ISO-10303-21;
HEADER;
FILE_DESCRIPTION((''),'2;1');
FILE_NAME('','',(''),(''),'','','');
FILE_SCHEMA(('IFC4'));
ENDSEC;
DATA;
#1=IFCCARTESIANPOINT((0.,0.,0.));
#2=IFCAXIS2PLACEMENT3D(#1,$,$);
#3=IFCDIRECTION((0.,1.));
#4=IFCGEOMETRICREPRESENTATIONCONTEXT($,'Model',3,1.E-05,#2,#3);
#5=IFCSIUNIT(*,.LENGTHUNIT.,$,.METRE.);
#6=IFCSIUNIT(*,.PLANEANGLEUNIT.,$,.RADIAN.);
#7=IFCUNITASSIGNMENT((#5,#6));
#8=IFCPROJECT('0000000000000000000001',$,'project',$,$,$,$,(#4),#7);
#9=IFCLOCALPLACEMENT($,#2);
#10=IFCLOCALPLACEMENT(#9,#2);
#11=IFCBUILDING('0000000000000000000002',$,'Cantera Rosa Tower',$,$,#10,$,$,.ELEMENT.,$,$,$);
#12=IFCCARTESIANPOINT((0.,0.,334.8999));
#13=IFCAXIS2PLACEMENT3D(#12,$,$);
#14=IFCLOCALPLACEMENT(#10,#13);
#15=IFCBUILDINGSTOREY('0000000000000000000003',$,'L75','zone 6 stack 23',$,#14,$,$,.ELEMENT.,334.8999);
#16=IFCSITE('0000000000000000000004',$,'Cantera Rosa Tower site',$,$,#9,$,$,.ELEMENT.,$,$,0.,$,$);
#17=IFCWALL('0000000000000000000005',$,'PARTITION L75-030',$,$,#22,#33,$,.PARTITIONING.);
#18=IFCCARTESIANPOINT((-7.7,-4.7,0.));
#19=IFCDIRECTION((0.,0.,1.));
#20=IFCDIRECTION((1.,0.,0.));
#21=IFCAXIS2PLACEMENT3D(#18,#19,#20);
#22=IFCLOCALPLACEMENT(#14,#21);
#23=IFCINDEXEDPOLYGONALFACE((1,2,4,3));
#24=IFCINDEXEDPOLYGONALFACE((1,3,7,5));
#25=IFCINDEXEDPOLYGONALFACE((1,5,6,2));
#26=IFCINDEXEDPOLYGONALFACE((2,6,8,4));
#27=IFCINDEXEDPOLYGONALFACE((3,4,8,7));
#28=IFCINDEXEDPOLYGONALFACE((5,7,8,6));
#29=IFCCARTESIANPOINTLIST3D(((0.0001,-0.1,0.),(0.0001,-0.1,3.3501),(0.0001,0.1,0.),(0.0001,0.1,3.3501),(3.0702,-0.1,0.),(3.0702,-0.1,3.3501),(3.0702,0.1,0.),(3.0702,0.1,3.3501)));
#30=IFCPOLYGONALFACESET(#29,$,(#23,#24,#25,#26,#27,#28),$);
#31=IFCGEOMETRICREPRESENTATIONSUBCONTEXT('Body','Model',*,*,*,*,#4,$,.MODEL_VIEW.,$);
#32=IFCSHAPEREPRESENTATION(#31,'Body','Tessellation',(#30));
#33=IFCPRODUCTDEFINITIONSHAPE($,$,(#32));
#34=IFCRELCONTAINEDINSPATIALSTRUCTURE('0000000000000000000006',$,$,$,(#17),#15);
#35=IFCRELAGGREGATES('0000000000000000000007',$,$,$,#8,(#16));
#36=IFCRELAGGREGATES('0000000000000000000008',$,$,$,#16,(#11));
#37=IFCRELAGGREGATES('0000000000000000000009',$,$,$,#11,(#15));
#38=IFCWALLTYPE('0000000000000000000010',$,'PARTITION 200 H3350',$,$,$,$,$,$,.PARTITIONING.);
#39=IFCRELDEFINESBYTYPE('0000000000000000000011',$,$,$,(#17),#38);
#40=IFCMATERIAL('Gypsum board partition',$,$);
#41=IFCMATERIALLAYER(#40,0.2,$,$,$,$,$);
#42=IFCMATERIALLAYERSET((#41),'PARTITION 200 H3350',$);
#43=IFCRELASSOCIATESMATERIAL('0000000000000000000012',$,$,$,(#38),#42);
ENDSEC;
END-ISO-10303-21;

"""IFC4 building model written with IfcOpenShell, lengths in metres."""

from ifc_helpers import new_model, si_unit, direction, frame, frame_2d, origin, place, context, subcontext, project, spatial, rectangle, extrude, material, layer, layer_set, type_object, element, save


model = new_model("IFC4")

# Units and contexts
model_context = context("Model", 3, precision=1e-05, world=origin(), true_north=direction((0.0, 1.0)))
body_context = subcontext(model_context, "Body", "Model", "MODEL_VIEW")
ifc_project = project(units=[si_unit("LENGTHUNIT", "METRE"), si_unit("PLANEANGLEUNIT", "RADIAN")], contexts=[model_context])

# Site, building, storey
site_placement = place(None, origin())
site = spatial("IfcSite", under=ifc_project, at=site_placement, Name="Cantera Rosa Tower site", CompositionType="ELEMENT", RefElevation=0.0)
building_placement = place(site_placement, origin())
building = spatial("IfcBuilding", under=site, at=building_placement, Name="Cantera Rosa Tower", CompositionType="ELEMENT")
storey_placement = place(building_placement, frame((0.0, 0.0, 334.8999)))
storey = spatial("IfcBuildingStorey", under=building, at=storey_placement, Name="L75", Description="zone 6 stack 23", CompositionType="ELEMENT", Elevation=334.8999)

# Wall
ifc_material_1 = material(Name="Gypsum board partition")
ifc_layer_1 = layer(ifc_material_1, 0.2)
ifc_layer_set_1 = layer_set([ifc_layer_1], Name="PARTITION 200 H3350")
wall_type_1 = type_object("IfcWallType", Name="PARTITION 200 H3350", PredefinedType="PARTITIONING", material=ifc_layer_set_1)
wall_1_placement = place(storey_placement, frame((-7.7, -4.7, 0.0), z_axis=(0.0, 0.0, 1.0), x_axis=(1.0, 0.0, 0.0)))
element("IfcWall", 1, at=wall_1_placement, inside=storey, type_object=wall_type_1, Name="PARTITION L75-030", PredefinedType="PARTITIONING", context=body_context, shape_type="SweptSolid", body=[
    extrude(rectangle(XDim=3.0701, YDim=0.2, at=frame_2d((1.5352, 0.0))), origin(), (0.0, 0.0, 1.0), 3.3501),
])

save(model, "model.ifc")
